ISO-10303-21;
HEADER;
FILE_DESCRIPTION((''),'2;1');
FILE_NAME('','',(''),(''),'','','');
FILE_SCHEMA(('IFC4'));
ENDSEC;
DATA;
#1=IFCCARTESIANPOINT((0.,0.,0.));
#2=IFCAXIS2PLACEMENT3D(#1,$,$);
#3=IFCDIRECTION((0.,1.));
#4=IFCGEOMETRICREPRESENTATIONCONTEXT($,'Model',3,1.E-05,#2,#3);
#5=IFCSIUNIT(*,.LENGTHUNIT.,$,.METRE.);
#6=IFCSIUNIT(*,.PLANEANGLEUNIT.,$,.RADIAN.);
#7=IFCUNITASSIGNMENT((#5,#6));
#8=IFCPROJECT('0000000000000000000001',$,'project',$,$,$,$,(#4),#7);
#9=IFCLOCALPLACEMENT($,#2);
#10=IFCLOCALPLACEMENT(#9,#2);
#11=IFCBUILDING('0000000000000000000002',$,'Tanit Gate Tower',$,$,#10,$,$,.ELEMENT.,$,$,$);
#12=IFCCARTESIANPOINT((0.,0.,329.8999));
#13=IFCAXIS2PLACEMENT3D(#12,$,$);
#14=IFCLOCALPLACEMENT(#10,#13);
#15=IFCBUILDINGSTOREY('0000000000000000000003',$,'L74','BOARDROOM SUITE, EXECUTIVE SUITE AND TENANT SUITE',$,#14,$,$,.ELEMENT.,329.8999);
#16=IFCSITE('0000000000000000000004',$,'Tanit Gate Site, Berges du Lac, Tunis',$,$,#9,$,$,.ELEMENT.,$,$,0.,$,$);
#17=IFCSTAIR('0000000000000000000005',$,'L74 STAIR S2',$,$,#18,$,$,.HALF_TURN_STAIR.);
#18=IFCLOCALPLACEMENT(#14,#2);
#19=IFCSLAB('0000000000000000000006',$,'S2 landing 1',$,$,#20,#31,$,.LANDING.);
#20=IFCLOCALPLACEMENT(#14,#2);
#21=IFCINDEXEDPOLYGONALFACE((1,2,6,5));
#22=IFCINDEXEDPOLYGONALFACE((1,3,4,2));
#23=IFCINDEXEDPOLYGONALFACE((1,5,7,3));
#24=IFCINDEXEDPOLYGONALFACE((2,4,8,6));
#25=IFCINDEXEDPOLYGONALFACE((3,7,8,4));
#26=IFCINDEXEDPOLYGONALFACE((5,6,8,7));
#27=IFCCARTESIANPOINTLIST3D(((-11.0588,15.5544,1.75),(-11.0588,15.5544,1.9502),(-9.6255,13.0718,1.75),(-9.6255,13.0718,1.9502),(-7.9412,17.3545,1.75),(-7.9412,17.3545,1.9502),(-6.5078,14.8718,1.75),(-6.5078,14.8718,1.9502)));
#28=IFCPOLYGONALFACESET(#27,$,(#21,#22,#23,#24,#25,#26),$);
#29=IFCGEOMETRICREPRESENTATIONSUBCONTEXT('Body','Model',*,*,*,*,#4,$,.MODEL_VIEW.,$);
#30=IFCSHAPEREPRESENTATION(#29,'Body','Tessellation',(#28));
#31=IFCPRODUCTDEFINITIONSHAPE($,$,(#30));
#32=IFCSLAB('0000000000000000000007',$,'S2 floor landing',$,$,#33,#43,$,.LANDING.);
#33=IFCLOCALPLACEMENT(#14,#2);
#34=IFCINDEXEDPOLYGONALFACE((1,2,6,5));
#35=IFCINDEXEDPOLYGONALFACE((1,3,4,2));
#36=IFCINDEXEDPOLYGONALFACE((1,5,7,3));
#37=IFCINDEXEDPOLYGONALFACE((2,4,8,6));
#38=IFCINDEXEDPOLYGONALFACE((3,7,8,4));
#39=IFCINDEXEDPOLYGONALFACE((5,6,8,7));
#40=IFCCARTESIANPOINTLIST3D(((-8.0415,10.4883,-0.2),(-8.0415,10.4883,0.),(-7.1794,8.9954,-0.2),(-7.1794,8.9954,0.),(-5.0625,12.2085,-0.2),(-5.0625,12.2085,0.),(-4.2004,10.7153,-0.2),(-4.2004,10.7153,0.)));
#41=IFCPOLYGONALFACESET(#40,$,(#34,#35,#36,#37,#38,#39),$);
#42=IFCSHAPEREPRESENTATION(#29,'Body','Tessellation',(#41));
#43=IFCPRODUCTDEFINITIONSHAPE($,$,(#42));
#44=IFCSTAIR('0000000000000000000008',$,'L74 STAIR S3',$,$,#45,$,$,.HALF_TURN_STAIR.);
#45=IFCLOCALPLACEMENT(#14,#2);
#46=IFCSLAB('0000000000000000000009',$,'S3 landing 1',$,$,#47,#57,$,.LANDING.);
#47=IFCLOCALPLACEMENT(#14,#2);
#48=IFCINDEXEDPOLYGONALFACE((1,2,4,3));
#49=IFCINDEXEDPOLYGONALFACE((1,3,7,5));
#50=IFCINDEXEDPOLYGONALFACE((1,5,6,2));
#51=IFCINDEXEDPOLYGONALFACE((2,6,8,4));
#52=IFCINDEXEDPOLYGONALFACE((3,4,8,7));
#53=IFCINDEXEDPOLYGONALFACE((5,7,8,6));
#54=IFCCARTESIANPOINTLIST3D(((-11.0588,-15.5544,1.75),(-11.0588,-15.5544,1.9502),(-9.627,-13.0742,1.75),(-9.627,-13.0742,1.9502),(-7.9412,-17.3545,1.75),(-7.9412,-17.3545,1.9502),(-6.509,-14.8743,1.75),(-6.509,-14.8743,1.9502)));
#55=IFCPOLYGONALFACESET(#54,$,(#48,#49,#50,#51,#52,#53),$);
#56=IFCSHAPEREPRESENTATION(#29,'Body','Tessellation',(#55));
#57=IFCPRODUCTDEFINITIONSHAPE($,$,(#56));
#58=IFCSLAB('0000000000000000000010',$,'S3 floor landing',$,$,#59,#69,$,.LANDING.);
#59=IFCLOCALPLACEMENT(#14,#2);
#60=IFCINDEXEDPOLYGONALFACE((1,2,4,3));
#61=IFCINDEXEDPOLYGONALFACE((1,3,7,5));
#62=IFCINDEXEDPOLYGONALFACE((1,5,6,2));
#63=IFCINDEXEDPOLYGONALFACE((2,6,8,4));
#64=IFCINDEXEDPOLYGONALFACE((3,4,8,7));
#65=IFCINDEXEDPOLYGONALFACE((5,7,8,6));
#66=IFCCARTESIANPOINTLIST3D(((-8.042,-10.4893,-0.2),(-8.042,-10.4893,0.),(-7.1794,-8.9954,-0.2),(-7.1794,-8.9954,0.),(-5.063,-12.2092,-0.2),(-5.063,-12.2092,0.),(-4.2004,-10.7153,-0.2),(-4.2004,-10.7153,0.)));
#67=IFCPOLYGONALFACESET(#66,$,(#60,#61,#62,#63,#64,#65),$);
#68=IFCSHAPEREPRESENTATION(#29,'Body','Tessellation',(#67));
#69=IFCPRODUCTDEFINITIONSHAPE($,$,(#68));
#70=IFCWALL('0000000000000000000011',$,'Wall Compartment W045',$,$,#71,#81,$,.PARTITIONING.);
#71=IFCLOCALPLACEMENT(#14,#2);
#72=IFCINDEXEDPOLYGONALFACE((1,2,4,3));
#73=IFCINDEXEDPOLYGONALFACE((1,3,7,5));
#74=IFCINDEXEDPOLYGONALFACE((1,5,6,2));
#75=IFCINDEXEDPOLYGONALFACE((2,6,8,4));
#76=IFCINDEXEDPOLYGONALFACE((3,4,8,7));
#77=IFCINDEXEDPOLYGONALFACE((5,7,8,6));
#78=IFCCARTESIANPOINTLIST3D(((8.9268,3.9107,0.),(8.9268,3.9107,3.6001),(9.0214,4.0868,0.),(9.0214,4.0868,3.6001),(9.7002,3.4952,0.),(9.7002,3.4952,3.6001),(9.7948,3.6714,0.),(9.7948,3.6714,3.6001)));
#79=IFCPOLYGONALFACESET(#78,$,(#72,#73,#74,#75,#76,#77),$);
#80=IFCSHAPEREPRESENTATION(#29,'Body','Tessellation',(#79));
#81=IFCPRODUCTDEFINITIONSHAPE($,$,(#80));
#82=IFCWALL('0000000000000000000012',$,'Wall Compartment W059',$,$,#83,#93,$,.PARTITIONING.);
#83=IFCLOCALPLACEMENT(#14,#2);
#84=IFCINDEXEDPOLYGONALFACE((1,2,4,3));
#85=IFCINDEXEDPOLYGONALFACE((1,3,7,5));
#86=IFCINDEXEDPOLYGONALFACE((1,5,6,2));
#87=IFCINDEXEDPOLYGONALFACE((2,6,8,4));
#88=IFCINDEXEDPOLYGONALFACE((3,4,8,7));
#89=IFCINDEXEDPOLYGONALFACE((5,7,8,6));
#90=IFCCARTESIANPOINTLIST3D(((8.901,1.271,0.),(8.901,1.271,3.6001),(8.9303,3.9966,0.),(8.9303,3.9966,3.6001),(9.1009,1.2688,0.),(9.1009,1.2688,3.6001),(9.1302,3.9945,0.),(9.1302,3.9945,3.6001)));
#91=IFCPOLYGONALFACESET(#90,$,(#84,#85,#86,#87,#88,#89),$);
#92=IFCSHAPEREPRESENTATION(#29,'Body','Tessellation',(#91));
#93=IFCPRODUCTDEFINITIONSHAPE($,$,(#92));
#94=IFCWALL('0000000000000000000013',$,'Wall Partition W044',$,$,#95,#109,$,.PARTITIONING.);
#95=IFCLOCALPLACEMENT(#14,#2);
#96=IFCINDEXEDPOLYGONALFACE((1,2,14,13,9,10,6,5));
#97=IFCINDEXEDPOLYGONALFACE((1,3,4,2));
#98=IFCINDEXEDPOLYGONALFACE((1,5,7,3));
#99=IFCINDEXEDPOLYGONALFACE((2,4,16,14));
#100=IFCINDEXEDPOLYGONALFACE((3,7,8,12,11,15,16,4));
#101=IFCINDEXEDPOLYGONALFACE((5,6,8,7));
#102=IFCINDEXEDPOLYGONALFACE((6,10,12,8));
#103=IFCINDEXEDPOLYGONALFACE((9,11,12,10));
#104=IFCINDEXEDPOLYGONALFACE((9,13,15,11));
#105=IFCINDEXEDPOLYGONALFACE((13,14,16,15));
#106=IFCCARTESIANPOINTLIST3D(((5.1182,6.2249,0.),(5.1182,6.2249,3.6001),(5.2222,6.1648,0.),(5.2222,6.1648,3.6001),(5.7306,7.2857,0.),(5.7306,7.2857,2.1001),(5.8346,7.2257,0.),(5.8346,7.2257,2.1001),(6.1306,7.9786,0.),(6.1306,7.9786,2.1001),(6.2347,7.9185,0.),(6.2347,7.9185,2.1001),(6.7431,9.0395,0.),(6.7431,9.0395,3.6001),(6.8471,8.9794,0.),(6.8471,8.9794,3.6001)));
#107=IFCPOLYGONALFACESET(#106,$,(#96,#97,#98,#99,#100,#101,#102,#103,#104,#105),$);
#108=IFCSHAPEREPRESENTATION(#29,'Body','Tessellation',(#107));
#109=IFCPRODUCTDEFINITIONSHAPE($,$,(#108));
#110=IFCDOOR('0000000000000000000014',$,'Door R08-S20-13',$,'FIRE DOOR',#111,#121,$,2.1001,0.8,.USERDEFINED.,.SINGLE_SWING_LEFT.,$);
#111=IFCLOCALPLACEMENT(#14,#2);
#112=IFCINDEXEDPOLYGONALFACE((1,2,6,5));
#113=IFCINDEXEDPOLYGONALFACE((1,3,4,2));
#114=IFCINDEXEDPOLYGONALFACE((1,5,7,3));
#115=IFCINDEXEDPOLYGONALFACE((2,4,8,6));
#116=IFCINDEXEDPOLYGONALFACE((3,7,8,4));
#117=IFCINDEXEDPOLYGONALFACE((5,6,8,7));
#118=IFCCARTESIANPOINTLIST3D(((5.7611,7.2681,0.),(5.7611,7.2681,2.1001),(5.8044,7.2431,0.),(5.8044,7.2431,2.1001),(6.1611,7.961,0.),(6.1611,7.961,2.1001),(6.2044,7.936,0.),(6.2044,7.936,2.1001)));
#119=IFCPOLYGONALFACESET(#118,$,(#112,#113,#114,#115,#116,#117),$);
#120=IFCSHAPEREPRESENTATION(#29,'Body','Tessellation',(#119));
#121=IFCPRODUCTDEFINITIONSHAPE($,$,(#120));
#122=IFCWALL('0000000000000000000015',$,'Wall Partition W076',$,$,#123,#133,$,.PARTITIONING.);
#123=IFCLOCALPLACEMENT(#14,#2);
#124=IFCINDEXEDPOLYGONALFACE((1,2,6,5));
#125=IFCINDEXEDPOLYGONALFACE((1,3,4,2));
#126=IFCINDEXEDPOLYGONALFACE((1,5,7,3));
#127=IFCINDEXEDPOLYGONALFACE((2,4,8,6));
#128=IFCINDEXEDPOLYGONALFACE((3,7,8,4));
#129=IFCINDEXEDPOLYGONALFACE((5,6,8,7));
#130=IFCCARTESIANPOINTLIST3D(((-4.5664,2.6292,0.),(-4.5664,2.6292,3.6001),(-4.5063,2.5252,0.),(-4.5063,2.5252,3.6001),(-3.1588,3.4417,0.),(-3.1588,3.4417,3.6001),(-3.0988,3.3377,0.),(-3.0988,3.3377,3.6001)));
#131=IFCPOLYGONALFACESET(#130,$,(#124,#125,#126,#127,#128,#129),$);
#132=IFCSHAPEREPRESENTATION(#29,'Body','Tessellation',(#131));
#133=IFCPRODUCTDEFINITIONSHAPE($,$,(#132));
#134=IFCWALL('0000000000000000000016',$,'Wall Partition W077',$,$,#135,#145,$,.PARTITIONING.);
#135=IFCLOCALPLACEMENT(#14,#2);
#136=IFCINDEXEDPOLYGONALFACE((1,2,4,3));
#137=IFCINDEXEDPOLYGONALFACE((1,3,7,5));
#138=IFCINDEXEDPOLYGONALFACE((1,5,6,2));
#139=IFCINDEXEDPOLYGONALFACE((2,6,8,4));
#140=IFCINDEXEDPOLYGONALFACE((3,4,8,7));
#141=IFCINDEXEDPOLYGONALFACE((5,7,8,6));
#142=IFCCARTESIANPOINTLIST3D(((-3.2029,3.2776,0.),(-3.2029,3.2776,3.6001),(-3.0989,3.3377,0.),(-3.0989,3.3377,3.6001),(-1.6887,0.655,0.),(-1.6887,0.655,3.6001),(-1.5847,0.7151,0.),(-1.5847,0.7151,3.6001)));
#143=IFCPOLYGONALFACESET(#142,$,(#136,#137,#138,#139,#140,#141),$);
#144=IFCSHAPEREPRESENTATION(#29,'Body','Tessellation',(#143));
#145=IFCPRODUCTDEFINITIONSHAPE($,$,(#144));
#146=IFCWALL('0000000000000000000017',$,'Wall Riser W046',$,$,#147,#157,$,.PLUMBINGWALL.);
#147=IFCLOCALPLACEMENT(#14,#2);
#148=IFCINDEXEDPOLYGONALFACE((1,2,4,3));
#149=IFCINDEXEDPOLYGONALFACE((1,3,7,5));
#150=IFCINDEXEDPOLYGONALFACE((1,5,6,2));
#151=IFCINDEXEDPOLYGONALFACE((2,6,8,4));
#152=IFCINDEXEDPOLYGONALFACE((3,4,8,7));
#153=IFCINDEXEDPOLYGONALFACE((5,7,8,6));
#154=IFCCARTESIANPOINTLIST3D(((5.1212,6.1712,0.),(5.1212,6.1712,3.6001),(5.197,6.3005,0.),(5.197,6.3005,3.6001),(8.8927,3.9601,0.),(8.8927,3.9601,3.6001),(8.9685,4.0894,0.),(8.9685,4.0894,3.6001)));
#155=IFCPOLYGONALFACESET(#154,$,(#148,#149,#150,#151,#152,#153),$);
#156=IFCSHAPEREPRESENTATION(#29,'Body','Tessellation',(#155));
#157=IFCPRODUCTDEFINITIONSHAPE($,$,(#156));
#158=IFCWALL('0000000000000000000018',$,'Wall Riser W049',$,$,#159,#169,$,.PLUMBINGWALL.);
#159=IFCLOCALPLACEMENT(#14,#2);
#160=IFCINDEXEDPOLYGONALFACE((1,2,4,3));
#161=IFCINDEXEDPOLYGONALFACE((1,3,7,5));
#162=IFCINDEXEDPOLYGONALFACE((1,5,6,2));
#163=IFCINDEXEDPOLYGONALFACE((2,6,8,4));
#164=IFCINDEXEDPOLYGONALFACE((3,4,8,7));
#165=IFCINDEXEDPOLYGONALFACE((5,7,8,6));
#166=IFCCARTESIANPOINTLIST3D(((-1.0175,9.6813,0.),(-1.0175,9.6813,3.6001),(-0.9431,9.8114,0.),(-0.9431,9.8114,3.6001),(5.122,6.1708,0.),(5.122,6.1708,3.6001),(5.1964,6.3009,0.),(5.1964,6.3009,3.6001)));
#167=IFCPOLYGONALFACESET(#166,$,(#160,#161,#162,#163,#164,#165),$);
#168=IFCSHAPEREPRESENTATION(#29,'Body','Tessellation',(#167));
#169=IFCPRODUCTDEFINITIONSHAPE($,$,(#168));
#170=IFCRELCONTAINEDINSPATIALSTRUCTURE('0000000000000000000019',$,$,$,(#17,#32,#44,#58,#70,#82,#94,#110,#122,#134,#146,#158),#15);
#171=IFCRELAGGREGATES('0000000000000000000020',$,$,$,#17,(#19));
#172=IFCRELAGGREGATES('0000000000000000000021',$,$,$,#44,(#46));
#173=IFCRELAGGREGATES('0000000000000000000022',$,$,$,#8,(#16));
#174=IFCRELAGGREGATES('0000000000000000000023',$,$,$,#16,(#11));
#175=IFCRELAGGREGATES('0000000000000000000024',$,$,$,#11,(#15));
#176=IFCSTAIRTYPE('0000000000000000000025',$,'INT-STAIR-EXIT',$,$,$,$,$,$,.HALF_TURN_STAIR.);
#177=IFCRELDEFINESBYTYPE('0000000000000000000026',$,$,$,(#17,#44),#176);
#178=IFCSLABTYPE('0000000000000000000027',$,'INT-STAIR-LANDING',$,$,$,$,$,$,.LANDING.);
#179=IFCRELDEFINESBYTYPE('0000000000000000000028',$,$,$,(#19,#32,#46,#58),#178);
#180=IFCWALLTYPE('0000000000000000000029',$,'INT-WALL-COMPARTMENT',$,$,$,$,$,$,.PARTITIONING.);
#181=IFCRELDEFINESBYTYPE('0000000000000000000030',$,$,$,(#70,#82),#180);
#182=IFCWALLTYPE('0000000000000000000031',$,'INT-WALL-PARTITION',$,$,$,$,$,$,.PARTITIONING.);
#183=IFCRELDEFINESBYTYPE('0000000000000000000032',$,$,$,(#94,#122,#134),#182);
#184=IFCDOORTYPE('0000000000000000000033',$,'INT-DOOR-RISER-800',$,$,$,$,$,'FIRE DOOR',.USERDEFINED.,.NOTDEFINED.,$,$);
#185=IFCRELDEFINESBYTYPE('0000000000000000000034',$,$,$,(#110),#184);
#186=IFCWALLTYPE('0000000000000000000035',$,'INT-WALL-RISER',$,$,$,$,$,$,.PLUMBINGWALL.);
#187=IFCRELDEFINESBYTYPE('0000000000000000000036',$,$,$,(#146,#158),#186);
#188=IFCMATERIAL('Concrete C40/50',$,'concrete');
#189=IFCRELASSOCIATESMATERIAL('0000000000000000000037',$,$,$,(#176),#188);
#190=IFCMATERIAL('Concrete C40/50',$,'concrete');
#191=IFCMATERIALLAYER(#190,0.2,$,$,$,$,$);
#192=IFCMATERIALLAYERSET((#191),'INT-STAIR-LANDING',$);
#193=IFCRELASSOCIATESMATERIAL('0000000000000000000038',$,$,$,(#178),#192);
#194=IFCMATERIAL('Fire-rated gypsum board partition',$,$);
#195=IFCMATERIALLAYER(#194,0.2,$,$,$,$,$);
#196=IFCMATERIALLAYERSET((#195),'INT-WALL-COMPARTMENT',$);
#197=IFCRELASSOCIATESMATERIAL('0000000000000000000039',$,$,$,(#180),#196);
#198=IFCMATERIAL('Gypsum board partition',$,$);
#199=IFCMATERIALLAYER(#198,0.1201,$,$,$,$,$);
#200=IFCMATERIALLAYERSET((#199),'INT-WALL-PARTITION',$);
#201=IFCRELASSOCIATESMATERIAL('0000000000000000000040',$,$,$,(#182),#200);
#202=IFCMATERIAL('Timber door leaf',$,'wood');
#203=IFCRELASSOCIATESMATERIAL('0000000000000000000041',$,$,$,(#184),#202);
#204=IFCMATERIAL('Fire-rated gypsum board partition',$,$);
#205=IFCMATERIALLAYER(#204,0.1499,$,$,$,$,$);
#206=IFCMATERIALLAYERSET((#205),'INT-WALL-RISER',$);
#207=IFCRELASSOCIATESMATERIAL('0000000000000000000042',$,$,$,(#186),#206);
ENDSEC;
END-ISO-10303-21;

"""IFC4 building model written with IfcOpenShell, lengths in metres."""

from ifc_helpers import new_model, si_unit, direction, frame, frame_2d, origin, place, context, subcontext, project, spatial, polyline, rectangle, outline, extrude, material, layer, layer_set, type_object, element, fill, aggregate, save


model = new_model("IFC4")

# Units and contexts
model_context = context("Model", 3, precision=1e-05, world=origin(), true_north=direction((0.0, 1.0)))
body_context = subcontext(model_context, "Body", "Model", "MODEL_VIEW")
ifc_project = project(units=[si_unit("LENGTHUNIT", "METRE"), si_unit("PLANEANGLEUNIT", "RADIAN")], contexts=[model_context])

# Site, building, storey
site_placement = place(None, origin())
site = spatial("IfcSite", under=ifc_project, at=site_placement, Name="Tanit Gate Site, Berges du Lac, Tunis", CompositionType="ELEMENT", RefElevation=0.0)
building_placement = place(site_placement, origin())
building = spatial("IfcBuilding", under=site, at=building_placement, Name="Tanit Gate Tower", CompositionType="ELEMENT")
storey_placement = place(building_placement, frame((0.0, 0.0, 329.8999)))
storey = spatial("IfcBuildingStorey", under=building, at=storey_placement, Name="L74", Description="BOARDROOM SUITE, EXECUTIVE SUITE AND TENANT SUITE", CompositionType="ELEMENT", Elevation=329.8999)

# Stair, slab
ifc_material_1 = material(Name="Concrete C40/50", Category="concrete")
stair_type = type_object("IfcStairType", Name="INT-STAIR-EXIT", PredefinedType="HALF_TURN_STAIR", material=ifc_material_1)
stair_1_placement = place(storey_placement, origin())
stair_1 = element("IfcStair", 1, at=stair_1_placement, inside=storey, type_object=stair_type, Name="L74 STAIR S2", PredefinedType="HALF_TURN_STAIR")
ifc_material_2 = material(Name="Concrete C40/50", Category="concrete")
ifc_layer_1 = layer(ifc_material_2, 0.2)
ifc_layer_set_1 = layer_set([ifc_layer_1], Name="INT-STAIR-LANDING")
slab_type = type_object("IfcSlabType", Name="INT-STAIR-LANDING", PredefinedType="LANDING", material=ifc_layer_set_1)
slab_1_placement = place(storey_placement, frame((0.0, 0.0, 1.75)))
slab_1 = element("IfcSlab", 2, at=slab_1_placement, type_object=slab_type, Name="S2 landing 1", PredefinedType="LANDING", context=body_context, shape_type="SweptSolid", body=[
    extrude(outline(polyline([(-6.5078, 14.8718), (-7.9412, 17.3545), (-11.0588, 15.5544), (-9.6255, 13.0718), (-6.5078, 14.8718)])), origin(), (0.0, 0.0, 1.0), 0.2002),
])
aggregate(stair_1, [slab_1])

# Slab
slab_2_placement = place(storey_placement, frame((0.0, 0.0, -0.2)))
element("IfcSlab", 3, at=slab_2_placement, inside=storey, type_object=slab_type, Name="S2 floor landing", PredefinedType="LANDING", context=body_context, shape_type="SweptSolid", body=[
    extrude(outline(polyline([(-4.2004, 10.7153), (-5.0625, 12.2085), (-8.0415, 10.4883), (-7.1794, 8.9954), (-4.2004, 10.7153)])), origin(), (0.0, 0.0, 1.0), 0.2),
])

# Stair, slab
stair_2_placement = place(storey_placement, origin())
stair_2 = element("IfcStair", 4, at=stair_2_placement, inside=storey, type_object=stair_type, Name="L74 STAIR S3", PredefinedType="HALF_TURN_STAIR")
slab_3_placement = place(storey_placement, frame((0.0, 0.0, 1.75)))
slab_3 = element("IfcSlab", 5, at=slab_3_placement, type_object=slab_type, Name="S3 landing 1", PredefinedType="LANDING", context=body_context, shape_type="SweptSolid", body=[
    extrude(outline(polyline([(-9.627, -13.0742), (-11.0588, -15.5544), (-7.9412, -17.3545), (-6.509, -14.8743), (-9.627, -13.0742)])), origin(), (0.0, 0.0, 1.0), 0.2002),
])
aggregate(stair_2, [slab_3])

# Slab
slab_4_placement = place(storey_placement, frame((0.0, 0.0, -0.2)))
element("IfcSlab", 6, at=slab_4_placement, inside=storey, type_object=slab_type, Name="S3 floor landing", PredefinedType="LANDING", context=body_context, shape_type="SweptSolid", body=[
    extrude(outline(polyline([(-7.1794, -8.9954), (-8.042, -10.4893), (-5.063, -12.2092), (-4.2004, -10.7153), (-7.1794, -8.9954)])), origin(), (0.0, 0.0, 1.0), 0.2),
])

# Walls
ifc_material_3 = material(Name="Fire-rated gypsum board partition")
ifc_layer_2 = layer(ifc_material_3, 0.2)
ifc_layer_set_2 = layer_set([ifc_layer_2], Name="INT-WALL-COMPARTMENT")
wall_type_1 = type_object("IfcWallType", Name="INT-WALL-COMPARTMENT", PredefinedType="PARTITIONING", material=ifc_layer_set_2)
wall_1_placement = place(storey_placement, frame((8.9741, 3.9988, 0.0), z_axis=(0.0, 0.0, 1.0), x_axis=(0.880917, -0.473271, 0.0)))
element("IfcWall", 7, at=wall_1_placement, inside=storey, type_object=wall_type_1, Name="Wall Compartment W045", PredefinedType="PARTITIONING", context=body_context, shape_type="SweptSolid", body=[
    extrude(rectangle(XDim=0.8779, YDim=0.2, at=frame_2d((0.439, 0.0))), origin(), (0.0, 0.0, 1.0), 3.6001),
])
wall_2_placement = place(storey_placement, frame((9.001, 1.27, 0.0), z_axis=(0.0, 0.0, 1.0), x_axis=(0.010748, 0.999942, 0.0)))
element("IfcWall", 8, at=wall_2_placement, inside=storey, type_object=wall_type_1, Name="Wall Compartment W059", PredefinedType="PARTITIONING", context=body_context, shape_type="SweptSolid", body=[
    extrude(rectangle(XDim=2.7258, YDim=0.2, at=frame_2d((1.3628, 0.0))), origin(), (0.0, 0.0, 1.0), 3.6001),
])

# Wall, opening, door
ifc_material_4 = material(Name="Gypsum board partition")
ifc_layer_3 = layer(ifc_material_4, 0.1201)
ifc_layer_set_3 = layer_set([ifc_layer_3], Name="INT-WALL-PARTITION")
wall_type_2 = type_object("IfcWallType", Name="INT-WALL-PARTITION", PredefinedType="PARTITIONING", material=ifc_layer_set_3)
wall_3_placement = place(storey_placement, frame((5.1702, 6.1948, 0.0), z_axis=(0.0, 0.0, 1.0), x_axis=(0.499985, 0.866034, 0.0)))
wall_3 = element("IfcWall", 9, at=wall_3_placement, inside=storey, type_object=wall_type_2, Name="Wall Partition W044", PredefinedType="PARTITIONING", context=body_context, shape_type="SweptSolid", body=[
    extrude(rectangle(XDim=3.25, YDim=0.1201, at=frame_2d((1.625, 0.0))), origin(), (0.0, 0.0, 1.0), 3.6001),
])
opening_1_placement = place(wall_3_placement, frame((1.2251, 0.0, 0.0)))
opening_1 = element("IfcOpeningElement", 10, at=opening_1_placement, cuts=wall_3, PredefinedType="OPENING", context=body_context, shape_type="SweptSolid", body=[
    extrude(rectangle(XDim=0.8, YDim=2.1001, at=frame_2d((0.3999, 1.05))), frame((0.0, 0.0701, 0.0), z_axis=(0.0, -1.0, 0.0), x_axis=(1.0, 0.0, 0.0)), (0.0, 0.0, 1.0), 0.1401),
])
ifc_material_5 = material(Name="Timber door leaf", Category="wood")
door_type_1 = type_object("IfcDoorType", Name="INT-DOOR-RISER-800", ElementType="FIRE DOOR", OperationType="NOTDEFINED", PredefinedType="USERDEFINED", material=ifc_material_5)
door_1_placement = place(opening_1_placement, origin())
door_1 = element("IfcDoor", 11, at=door_1_placement, inside=storey, type_object=door_type_1, Name="Door R08-S20-13", ObjectType="FIRE DOOR", OperationType="SINGLE_SWING_LEFT", OverallHeight=2.1001, OverallWidth=0.8, PredefinedType="USERDEFINED", context=body_context, shape_type="SweptSolid", body=[
    extrude(rectangle(XDim=0.8, YDim=2.1001, at=frame_2d((0.3999, 1.05))), frame((0.0, 0.0249, 0.0), z_axis=(0.0, -1.0, 0.0), x_axis=(1.0, 0.0, 0.0)), (0.0, 0.0, 1.0), 0.05),
])
fill(opening_1, door_1)

# Walls
wall_4_placement = place(storey_placement, frame((-3.1289, 3.3896, 0.0), z_axis=(0.0, 0.0, 1.0), x_axis=(-0.866053, -0.499952, 0.0)))
element("IfcWall", 12, at=wall_4_placement, inside=storey, type_object=wall_type_2, Name="Wall Partition W076", PredefinedType="PARTITIONING", context=body_context, shape_type="SweptSolid", body=[
    extrude(rectangle(XDim=1.6252, YDim=0.1201, at=frame_2d((0.8125, 0.0))), origin(), (0.0, 0.0, 1.0), 3.6001),
])
wall_5_placement = place(storey_placement, frame((-1.6367, 0.6851, 0.0), z_axis=(0.0, 0.0, 1.0), x_axis=(-0.500006, 0.866022, 0.0)))
element("IfcWall", 13, at=wall_5_placement, inside=storey, type_object=wall_type_2, Name="Wall Partition W077", PredefinedType="PARTITIONING", context=body_context, shape_type="SweptSolid", body=[
    extrude(rectangle(XDim=3.0283, YDim=0.1201, at=frame_2d((1.5142, 0.0))), origin(), (0.0, 0.0, 1.0), 3.6001),
])
ifc_material_6 = material(Name="Fire-rated gypsum board partition")
ifc_layer_4 = layer(ifc_material_6, 0.1499)
ifc_layer_set_4 = layer_set([ifc_layer_4], Name="INT-WALL-RISER")
wall_type_3 = type_object("IfcWallType", Name="INT-WALL-RISER", PredefinedType="PLUMBINGWALL", material=ifc_layer_set_4)
wall_6_placement = place(storey_placement, frame((8.9307, 4.0247, 0.0), z_axis=(0.0, 0.0, 1.0), x_axis=(-0.862667, 0.505773, 0.0)))
element("IfcWall", 14, at=wall_6_placement, inside=storey, type_object=wall_type_3, Name="Wall Riser W046", PredefinedType="PLUMBINGWALL", context=body_context, shape_type="SweptSolid", body=[
    extrude(rectangle(XDim=4.3718, YDim=0.1499, at=frame_2d((2.186, 0.0))), origin(), (0.0, 0.0, 1.0), 3.6001),
])
wall_7_placement = place(storey_placement, frame((5.1592, 6.2358, 0.0), z_axis=(0.0, 0.0, 1.0), x_axis=(-0.868105, 0.496381, 0.0)))
element("IfcWall", 15, at=wall_7_placement, inside=storey, type_object=wall_type_3, Name="Wall Riser W049", PredefinedType="PLUMBINGWALL", context=body_context, shape_type="SweptSolid", body=[
    extrude(rectangle(XDim=7.0723, YDim=0.1499, at=frame_2d((3.5361, 0.0))), origin(), (0.0, 0.0, 1.0), 3.6001),
])

save(model, "model.ifc")
